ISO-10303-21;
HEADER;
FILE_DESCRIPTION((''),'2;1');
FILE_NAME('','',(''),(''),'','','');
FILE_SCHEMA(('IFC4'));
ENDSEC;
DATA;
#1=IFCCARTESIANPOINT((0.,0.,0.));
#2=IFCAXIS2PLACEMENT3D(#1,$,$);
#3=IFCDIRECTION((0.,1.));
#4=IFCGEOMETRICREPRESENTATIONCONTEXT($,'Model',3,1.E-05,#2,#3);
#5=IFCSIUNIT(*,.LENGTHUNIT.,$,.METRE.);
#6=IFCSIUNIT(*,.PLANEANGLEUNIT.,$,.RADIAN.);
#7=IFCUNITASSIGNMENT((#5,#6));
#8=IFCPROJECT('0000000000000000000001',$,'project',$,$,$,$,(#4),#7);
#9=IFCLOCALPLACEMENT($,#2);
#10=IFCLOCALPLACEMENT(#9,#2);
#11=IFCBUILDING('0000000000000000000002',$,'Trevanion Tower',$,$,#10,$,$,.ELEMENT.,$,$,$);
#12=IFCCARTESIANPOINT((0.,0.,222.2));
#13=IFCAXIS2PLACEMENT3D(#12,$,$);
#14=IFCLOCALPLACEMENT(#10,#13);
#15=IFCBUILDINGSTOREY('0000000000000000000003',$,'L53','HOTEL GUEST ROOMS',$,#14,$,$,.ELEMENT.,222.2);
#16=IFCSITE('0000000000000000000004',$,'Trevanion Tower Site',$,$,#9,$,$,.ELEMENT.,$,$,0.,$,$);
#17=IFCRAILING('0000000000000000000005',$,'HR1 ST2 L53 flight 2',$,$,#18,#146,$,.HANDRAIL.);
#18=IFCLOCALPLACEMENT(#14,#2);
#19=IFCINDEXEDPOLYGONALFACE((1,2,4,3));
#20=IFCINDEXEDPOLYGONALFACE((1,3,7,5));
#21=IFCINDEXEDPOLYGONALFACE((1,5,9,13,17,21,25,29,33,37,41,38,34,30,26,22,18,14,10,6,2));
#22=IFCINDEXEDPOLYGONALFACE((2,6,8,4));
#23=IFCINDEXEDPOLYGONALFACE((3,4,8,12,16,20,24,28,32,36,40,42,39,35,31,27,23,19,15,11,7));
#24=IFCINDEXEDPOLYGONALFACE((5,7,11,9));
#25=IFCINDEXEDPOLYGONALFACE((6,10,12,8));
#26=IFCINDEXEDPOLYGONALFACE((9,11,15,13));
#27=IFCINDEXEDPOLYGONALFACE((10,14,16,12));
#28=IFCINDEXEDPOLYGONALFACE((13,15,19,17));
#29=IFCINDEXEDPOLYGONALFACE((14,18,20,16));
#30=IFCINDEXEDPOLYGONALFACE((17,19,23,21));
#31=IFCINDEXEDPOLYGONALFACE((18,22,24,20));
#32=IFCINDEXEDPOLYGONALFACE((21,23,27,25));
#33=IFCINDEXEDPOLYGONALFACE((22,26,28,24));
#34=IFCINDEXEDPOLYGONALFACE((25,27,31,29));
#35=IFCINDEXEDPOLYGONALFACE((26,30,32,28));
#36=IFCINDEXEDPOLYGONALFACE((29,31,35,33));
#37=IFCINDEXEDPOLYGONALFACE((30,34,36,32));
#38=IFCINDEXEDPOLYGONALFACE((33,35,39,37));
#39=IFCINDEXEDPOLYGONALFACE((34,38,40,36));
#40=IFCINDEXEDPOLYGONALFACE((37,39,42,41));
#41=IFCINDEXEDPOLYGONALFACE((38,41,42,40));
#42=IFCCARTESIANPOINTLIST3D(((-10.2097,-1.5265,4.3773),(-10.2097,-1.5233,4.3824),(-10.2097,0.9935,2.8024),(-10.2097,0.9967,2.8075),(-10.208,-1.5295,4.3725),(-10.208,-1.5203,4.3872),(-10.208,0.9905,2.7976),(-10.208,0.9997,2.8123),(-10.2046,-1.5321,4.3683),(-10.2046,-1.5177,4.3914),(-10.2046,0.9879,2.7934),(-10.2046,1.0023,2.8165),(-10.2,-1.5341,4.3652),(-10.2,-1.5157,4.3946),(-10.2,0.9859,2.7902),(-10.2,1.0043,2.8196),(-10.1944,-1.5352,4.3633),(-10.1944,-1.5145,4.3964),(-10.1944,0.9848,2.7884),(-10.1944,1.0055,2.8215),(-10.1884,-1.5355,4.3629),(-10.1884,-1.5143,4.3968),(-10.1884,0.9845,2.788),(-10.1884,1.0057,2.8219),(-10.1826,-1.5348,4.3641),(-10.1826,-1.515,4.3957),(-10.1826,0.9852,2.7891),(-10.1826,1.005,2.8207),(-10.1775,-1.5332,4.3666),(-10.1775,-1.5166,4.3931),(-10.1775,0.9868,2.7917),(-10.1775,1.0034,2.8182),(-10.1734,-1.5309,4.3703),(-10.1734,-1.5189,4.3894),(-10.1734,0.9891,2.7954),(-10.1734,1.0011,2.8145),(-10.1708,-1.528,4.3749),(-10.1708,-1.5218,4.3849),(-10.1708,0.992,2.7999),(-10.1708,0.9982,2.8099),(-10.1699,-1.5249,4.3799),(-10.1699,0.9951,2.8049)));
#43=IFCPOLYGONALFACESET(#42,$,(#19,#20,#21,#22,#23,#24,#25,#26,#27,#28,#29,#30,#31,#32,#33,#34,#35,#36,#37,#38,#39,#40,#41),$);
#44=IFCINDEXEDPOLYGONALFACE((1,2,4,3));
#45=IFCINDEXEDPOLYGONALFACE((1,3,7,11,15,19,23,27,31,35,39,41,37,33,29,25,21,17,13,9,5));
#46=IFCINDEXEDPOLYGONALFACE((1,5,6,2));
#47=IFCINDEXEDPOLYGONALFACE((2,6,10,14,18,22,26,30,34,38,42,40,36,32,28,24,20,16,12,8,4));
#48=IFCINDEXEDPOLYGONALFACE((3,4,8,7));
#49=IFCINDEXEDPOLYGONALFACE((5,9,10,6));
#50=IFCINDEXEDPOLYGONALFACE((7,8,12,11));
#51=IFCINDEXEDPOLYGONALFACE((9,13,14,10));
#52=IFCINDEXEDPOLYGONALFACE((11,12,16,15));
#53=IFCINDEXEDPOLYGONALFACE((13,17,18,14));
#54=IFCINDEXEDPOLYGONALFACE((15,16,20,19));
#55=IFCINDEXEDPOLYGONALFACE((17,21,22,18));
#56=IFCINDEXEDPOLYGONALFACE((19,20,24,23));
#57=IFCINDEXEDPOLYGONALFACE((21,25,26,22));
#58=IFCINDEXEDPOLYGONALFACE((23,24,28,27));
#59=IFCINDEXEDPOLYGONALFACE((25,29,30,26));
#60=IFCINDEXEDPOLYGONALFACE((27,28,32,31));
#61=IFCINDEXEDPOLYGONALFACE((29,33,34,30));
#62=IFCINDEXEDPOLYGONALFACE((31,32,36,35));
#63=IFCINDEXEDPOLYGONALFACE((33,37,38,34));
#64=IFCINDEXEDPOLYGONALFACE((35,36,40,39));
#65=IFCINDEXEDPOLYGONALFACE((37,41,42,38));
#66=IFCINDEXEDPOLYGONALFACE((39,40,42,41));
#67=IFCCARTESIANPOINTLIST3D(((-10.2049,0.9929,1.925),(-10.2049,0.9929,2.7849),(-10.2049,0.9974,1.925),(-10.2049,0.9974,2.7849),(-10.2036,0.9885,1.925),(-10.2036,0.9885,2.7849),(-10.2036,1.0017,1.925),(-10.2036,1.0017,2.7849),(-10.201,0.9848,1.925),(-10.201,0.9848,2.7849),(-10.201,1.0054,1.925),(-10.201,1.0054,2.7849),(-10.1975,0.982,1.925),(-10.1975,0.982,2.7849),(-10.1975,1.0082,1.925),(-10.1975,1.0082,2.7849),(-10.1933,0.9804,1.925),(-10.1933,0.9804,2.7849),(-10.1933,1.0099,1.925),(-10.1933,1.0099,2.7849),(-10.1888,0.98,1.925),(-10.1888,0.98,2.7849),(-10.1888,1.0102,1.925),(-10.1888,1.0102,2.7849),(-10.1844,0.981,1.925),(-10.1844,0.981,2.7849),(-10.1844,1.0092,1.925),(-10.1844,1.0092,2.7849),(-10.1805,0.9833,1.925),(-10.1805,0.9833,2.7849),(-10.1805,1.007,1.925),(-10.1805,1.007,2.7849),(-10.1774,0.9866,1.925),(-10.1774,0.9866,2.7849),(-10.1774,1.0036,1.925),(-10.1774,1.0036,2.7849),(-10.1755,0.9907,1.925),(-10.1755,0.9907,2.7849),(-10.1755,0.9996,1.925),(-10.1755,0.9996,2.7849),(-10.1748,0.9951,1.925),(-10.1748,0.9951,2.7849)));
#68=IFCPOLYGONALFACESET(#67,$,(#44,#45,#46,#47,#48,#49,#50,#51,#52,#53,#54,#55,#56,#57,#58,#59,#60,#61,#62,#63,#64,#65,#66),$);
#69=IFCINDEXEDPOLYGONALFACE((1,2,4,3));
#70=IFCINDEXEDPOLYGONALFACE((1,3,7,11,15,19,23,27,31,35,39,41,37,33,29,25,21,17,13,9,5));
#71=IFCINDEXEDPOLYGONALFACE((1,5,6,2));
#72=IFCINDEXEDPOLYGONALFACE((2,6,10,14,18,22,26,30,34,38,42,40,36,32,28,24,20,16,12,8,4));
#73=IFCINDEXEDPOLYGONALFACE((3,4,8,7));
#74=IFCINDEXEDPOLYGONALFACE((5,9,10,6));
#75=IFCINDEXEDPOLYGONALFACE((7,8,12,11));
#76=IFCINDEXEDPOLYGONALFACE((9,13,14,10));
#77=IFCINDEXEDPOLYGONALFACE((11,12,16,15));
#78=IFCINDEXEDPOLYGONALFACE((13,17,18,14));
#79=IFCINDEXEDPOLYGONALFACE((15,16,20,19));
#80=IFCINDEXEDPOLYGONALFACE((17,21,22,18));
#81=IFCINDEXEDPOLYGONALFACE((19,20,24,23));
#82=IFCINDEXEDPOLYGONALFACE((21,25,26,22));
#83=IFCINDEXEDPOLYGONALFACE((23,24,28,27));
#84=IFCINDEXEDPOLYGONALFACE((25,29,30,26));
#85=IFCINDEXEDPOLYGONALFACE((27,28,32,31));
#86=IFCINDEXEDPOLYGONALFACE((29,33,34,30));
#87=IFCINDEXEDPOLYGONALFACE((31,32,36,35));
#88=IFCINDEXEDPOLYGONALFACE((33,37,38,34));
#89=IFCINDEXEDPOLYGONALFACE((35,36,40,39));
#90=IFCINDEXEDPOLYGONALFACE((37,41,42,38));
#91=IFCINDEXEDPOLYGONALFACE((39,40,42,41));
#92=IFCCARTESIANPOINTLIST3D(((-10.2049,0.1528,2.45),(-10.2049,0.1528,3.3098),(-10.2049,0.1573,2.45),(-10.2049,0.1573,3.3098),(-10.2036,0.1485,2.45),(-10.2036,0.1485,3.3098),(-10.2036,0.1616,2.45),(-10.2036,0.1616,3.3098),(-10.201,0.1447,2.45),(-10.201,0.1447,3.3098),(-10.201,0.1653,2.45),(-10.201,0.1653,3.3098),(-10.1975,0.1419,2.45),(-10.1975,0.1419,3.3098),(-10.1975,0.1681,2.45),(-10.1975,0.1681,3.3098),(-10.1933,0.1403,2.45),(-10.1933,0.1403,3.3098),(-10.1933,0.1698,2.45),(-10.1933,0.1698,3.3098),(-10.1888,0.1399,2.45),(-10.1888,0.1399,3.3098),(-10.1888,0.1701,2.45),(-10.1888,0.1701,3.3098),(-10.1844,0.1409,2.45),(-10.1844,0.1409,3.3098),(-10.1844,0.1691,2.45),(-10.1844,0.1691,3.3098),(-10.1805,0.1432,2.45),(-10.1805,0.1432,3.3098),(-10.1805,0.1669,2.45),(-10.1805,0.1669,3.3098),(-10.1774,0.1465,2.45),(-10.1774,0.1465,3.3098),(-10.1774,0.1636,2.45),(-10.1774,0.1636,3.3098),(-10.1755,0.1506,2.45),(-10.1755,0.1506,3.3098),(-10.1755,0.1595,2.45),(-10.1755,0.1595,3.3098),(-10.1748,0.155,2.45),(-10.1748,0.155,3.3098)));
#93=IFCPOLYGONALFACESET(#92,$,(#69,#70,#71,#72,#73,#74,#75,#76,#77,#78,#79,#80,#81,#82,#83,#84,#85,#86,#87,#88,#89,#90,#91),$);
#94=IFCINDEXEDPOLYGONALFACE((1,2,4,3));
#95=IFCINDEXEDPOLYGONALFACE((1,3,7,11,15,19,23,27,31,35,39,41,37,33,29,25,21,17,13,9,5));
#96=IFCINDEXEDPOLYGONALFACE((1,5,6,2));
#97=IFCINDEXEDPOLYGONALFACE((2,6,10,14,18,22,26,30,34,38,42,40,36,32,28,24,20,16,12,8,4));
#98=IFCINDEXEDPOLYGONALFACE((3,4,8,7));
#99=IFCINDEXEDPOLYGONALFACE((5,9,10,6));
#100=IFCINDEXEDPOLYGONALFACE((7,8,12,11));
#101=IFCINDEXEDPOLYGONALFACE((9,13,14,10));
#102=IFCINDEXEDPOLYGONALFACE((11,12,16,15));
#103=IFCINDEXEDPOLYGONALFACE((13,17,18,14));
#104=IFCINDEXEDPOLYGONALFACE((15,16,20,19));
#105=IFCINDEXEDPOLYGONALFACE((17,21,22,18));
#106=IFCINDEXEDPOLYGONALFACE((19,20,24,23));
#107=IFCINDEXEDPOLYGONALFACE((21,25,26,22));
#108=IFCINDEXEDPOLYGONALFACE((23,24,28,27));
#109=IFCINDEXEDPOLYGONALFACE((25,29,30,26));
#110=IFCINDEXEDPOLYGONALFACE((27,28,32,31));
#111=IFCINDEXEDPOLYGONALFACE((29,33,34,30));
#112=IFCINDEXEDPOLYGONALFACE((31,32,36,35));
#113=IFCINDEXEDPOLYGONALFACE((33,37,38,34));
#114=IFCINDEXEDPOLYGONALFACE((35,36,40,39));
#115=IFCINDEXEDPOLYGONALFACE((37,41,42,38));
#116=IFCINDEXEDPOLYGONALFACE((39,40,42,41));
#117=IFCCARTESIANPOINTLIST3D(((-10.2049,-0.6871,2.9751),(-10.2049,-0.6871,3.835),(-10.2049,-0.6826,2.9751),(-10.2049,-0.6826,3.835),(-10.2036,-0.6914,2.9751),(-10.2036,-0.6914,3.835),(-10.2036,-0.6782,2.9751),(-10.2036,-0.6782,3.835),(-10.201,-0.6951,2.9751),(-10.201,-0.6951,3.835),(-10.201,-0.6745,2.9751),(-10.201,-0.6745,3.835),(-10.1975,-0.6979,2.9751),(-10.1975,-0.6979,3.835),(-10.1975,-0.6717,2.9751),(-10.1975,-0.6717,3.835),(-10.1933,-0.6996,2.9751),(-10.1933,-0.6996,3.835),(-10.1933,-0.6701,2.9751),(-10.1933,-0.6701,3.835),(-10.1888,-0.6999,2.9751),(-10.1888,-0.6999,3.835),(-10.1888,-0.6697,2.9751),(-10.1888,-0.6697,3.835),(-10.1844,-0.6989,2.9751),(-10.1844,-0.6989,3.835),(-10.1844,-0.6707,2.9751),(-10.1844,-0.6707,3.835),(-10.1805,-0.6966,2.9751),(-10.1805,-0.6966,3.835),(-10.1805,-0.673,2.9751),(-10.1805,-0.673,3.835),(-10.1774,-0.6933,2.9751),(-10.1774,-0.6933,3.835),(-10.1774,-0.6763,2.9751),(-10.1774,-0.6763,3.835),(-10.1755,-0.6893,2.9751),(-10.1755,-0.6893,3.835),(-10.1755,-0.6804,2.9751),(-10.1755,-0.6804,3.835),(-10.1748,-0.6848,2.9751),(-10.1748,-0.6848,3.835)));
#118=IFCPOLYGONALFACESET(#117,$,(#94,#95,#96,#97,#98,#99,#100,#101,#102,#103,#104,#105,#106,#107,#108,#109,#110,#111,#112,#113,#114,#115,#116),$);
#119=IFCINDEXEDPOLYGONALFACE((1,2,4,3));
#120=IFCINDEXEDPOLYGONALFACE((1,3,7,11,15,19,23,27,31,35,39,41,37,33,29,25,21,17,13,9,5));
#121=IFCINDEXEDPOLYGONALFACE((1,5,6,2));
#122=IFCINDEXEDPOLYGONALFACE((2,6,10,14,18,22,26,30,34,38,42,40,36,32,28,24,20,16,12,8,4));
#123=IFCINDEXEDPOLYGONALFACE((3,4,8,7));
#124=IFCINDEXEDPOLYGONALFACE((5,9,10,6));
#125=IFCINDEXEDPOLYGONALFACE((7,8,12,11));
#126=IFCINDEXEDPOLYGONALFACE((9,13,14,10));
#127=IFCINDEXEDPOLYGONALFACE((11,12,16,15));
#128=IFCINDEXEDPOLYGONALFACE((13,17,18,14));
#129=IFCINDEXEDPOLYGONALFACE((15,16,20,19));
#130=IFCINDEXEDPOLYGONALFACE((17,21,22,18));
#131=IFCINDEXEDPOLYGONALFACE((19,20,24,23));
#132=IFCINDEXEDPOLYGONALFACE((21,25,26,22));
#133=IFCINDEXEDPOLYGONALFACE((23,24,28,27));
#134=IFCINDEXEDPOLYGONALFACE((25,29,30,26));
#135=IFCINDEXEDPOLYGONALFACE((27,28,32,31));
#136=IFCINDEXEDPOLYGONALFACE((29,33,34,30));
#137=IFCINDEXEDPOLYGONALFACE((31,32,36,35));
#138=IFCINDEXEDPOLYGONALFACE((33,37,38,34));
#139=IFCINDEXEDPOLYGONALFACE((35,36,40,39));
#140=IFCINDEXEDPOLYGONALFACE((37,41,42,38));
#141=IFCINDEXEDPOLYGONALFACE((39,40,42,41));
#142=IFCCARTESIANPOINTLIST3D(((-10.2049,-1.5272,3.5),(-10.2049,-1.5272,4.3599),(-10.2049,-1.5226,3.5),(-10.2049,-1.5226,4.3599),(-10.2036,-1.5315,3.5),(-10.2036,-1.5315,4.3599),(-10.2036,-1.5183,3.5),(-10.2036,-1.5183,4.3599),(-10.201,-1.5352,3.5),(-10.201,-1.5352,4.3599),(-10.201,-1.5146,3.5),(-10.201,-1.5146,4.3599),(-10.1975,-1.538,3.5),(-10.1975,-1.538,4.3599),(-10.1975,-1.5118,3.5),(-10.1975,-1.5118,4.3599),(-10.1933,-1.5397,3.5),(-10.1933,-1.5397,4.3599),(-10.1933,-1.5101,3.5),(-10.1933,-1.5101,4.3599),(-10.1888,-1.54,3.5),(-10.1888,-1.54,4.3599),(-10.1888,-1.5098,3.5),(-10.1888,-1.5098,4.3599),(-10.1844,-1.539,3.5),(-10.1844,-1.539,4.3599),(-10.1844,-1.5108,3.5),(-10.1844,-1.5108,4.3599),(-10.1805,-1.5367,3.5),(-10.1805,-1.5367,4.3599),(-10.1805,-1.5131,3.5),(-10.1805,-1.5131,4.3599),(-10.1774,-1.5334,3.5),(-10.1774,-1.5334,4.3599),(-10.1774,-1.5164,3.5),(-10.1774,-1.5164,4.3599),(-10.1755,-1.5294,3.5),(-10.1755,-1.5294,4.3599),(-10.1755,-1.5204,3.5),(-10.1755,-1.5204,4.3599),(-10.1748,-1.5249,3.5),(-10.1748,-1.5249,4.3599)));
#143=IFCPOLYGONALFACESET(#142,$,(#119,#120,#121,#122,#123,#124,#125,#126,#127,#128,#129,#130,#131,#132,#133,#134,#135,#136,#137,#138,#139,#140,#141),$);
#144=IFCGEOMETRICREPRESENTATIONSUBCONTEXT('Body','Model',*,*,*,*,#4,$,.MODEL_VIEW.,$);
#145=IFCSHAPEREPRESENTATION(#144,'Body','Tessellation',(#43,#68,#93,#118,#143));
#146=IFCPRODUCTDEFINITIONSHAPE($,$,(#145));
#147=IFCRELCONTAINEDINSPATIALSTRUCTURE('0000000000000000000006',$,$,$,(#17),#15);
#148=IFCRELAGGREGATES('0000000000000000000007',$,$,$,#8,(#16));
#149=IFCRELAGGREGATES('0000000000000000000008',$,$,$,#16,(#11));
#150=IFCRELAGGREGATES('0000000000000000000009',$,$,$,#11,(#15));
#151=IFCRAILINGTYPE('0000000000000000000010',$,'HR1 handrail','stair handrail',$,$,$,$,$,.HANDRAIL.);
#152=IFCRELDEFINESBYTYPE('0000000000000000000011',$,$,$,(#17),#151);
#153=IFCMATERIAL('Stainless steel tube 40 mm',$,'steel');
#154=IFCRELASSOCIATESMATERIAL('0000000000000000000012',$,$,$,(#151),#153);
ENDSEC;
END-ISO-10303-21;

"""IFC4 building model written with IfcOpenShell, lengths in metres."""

from ifc_helpers import new_model, si_unit, direction, frame, origin, origin_2d, place, context, subcontext, project, spatial, circle, extrude, material, type_object, element, save


model = new_model("IFC4")

# Units and contexts
model_context = context("Model", 3, precision=1e-05, world=origin(), true_north=direction((0.0, 1.0)))
body_context = subcontext(model_context, "Body", "Model", "MODEL_VIEW")
ifc_project = project(units=[si_unit("LENGTHUNIT", "METRE"), si_unit("PLANEANGLEUNIT", "RADIAN")], contexts=[model_context])

# Site, building, storey
site_placement = place(None, origin())
site = spatial("IfcSite", under=ifc_project, at=site_placement, Name="Trevanion Tower Site", CompositionType="ELEMENT", RefElevation=0.0)
building_placement = place(site_placement, origin())
building = spatial("IfcBuilding", under=site, at=building_placement, Name="Trevanion Tower", CompositionType="ELEMENT")
storey_placement = place(building_placement, frame((0.0, 0.0, 222.2)))
storey = spatial("IfcBuildingStorey", under=building, at=storey_placement, Name="L53", Description="HOTEL GUEST ROOMS", CompositionType="ELEMENT", Elevation=222.2)

# Railing
ifc_material_1 = material(Name="Stainless steel tube 40 mm", Category="steel")
railing_type = type_object("IfcRailingType", Name="HR1 handrail", Description="stair handrail", PredefinedType="HANDRAIL", material=ifc_material_1)
for number, where, name in (
    (1, (-10.1899, 0.9951, 1.925), "HR1 ST2 L53 flight 2"),
):
    element("IfcRailing", number, at=place(storey_placement, frame(where)), inside=storey, type_object=railing_type, Name=name, PredefinedType="HANDRAIL", context=body_context, shape_type="SweptSolid", body=[
        extrude(circle(Radius=0.02, at=origin_2d()), frame((0.0, 0.0, 0.8799), z_axis=(0.0, -0.848008, 0.529984), x_axis=(1.0, 0.0, 0.0)), (0.0, 0.0, 1.0), 2.9717),
        extrude(circle(Radius=0.0151, at=origin_2d()), origin(), (0.0, 0.0, 1.0), 0.8599),
        extrude(circle(Radius=0.0151, at=origin_2d()), frame((0.0, -0.8401, 0.5249)), (0.0, 0.0, 1.0), 0.8599),
        extrude(circle(Radius=0.0151, at=origin_2d()), frame((0.0, -1.6799, 1.05)), (0.0, 0.0, 1.0), 0.8599),
        extrude(circle(Radius=0.0151, at=origin_2d()), frame((0.0, -2.52, 1.575)), (0.0, 0.0, 1.0), 0.8599),
    ])

save(model, "model.ifc")
